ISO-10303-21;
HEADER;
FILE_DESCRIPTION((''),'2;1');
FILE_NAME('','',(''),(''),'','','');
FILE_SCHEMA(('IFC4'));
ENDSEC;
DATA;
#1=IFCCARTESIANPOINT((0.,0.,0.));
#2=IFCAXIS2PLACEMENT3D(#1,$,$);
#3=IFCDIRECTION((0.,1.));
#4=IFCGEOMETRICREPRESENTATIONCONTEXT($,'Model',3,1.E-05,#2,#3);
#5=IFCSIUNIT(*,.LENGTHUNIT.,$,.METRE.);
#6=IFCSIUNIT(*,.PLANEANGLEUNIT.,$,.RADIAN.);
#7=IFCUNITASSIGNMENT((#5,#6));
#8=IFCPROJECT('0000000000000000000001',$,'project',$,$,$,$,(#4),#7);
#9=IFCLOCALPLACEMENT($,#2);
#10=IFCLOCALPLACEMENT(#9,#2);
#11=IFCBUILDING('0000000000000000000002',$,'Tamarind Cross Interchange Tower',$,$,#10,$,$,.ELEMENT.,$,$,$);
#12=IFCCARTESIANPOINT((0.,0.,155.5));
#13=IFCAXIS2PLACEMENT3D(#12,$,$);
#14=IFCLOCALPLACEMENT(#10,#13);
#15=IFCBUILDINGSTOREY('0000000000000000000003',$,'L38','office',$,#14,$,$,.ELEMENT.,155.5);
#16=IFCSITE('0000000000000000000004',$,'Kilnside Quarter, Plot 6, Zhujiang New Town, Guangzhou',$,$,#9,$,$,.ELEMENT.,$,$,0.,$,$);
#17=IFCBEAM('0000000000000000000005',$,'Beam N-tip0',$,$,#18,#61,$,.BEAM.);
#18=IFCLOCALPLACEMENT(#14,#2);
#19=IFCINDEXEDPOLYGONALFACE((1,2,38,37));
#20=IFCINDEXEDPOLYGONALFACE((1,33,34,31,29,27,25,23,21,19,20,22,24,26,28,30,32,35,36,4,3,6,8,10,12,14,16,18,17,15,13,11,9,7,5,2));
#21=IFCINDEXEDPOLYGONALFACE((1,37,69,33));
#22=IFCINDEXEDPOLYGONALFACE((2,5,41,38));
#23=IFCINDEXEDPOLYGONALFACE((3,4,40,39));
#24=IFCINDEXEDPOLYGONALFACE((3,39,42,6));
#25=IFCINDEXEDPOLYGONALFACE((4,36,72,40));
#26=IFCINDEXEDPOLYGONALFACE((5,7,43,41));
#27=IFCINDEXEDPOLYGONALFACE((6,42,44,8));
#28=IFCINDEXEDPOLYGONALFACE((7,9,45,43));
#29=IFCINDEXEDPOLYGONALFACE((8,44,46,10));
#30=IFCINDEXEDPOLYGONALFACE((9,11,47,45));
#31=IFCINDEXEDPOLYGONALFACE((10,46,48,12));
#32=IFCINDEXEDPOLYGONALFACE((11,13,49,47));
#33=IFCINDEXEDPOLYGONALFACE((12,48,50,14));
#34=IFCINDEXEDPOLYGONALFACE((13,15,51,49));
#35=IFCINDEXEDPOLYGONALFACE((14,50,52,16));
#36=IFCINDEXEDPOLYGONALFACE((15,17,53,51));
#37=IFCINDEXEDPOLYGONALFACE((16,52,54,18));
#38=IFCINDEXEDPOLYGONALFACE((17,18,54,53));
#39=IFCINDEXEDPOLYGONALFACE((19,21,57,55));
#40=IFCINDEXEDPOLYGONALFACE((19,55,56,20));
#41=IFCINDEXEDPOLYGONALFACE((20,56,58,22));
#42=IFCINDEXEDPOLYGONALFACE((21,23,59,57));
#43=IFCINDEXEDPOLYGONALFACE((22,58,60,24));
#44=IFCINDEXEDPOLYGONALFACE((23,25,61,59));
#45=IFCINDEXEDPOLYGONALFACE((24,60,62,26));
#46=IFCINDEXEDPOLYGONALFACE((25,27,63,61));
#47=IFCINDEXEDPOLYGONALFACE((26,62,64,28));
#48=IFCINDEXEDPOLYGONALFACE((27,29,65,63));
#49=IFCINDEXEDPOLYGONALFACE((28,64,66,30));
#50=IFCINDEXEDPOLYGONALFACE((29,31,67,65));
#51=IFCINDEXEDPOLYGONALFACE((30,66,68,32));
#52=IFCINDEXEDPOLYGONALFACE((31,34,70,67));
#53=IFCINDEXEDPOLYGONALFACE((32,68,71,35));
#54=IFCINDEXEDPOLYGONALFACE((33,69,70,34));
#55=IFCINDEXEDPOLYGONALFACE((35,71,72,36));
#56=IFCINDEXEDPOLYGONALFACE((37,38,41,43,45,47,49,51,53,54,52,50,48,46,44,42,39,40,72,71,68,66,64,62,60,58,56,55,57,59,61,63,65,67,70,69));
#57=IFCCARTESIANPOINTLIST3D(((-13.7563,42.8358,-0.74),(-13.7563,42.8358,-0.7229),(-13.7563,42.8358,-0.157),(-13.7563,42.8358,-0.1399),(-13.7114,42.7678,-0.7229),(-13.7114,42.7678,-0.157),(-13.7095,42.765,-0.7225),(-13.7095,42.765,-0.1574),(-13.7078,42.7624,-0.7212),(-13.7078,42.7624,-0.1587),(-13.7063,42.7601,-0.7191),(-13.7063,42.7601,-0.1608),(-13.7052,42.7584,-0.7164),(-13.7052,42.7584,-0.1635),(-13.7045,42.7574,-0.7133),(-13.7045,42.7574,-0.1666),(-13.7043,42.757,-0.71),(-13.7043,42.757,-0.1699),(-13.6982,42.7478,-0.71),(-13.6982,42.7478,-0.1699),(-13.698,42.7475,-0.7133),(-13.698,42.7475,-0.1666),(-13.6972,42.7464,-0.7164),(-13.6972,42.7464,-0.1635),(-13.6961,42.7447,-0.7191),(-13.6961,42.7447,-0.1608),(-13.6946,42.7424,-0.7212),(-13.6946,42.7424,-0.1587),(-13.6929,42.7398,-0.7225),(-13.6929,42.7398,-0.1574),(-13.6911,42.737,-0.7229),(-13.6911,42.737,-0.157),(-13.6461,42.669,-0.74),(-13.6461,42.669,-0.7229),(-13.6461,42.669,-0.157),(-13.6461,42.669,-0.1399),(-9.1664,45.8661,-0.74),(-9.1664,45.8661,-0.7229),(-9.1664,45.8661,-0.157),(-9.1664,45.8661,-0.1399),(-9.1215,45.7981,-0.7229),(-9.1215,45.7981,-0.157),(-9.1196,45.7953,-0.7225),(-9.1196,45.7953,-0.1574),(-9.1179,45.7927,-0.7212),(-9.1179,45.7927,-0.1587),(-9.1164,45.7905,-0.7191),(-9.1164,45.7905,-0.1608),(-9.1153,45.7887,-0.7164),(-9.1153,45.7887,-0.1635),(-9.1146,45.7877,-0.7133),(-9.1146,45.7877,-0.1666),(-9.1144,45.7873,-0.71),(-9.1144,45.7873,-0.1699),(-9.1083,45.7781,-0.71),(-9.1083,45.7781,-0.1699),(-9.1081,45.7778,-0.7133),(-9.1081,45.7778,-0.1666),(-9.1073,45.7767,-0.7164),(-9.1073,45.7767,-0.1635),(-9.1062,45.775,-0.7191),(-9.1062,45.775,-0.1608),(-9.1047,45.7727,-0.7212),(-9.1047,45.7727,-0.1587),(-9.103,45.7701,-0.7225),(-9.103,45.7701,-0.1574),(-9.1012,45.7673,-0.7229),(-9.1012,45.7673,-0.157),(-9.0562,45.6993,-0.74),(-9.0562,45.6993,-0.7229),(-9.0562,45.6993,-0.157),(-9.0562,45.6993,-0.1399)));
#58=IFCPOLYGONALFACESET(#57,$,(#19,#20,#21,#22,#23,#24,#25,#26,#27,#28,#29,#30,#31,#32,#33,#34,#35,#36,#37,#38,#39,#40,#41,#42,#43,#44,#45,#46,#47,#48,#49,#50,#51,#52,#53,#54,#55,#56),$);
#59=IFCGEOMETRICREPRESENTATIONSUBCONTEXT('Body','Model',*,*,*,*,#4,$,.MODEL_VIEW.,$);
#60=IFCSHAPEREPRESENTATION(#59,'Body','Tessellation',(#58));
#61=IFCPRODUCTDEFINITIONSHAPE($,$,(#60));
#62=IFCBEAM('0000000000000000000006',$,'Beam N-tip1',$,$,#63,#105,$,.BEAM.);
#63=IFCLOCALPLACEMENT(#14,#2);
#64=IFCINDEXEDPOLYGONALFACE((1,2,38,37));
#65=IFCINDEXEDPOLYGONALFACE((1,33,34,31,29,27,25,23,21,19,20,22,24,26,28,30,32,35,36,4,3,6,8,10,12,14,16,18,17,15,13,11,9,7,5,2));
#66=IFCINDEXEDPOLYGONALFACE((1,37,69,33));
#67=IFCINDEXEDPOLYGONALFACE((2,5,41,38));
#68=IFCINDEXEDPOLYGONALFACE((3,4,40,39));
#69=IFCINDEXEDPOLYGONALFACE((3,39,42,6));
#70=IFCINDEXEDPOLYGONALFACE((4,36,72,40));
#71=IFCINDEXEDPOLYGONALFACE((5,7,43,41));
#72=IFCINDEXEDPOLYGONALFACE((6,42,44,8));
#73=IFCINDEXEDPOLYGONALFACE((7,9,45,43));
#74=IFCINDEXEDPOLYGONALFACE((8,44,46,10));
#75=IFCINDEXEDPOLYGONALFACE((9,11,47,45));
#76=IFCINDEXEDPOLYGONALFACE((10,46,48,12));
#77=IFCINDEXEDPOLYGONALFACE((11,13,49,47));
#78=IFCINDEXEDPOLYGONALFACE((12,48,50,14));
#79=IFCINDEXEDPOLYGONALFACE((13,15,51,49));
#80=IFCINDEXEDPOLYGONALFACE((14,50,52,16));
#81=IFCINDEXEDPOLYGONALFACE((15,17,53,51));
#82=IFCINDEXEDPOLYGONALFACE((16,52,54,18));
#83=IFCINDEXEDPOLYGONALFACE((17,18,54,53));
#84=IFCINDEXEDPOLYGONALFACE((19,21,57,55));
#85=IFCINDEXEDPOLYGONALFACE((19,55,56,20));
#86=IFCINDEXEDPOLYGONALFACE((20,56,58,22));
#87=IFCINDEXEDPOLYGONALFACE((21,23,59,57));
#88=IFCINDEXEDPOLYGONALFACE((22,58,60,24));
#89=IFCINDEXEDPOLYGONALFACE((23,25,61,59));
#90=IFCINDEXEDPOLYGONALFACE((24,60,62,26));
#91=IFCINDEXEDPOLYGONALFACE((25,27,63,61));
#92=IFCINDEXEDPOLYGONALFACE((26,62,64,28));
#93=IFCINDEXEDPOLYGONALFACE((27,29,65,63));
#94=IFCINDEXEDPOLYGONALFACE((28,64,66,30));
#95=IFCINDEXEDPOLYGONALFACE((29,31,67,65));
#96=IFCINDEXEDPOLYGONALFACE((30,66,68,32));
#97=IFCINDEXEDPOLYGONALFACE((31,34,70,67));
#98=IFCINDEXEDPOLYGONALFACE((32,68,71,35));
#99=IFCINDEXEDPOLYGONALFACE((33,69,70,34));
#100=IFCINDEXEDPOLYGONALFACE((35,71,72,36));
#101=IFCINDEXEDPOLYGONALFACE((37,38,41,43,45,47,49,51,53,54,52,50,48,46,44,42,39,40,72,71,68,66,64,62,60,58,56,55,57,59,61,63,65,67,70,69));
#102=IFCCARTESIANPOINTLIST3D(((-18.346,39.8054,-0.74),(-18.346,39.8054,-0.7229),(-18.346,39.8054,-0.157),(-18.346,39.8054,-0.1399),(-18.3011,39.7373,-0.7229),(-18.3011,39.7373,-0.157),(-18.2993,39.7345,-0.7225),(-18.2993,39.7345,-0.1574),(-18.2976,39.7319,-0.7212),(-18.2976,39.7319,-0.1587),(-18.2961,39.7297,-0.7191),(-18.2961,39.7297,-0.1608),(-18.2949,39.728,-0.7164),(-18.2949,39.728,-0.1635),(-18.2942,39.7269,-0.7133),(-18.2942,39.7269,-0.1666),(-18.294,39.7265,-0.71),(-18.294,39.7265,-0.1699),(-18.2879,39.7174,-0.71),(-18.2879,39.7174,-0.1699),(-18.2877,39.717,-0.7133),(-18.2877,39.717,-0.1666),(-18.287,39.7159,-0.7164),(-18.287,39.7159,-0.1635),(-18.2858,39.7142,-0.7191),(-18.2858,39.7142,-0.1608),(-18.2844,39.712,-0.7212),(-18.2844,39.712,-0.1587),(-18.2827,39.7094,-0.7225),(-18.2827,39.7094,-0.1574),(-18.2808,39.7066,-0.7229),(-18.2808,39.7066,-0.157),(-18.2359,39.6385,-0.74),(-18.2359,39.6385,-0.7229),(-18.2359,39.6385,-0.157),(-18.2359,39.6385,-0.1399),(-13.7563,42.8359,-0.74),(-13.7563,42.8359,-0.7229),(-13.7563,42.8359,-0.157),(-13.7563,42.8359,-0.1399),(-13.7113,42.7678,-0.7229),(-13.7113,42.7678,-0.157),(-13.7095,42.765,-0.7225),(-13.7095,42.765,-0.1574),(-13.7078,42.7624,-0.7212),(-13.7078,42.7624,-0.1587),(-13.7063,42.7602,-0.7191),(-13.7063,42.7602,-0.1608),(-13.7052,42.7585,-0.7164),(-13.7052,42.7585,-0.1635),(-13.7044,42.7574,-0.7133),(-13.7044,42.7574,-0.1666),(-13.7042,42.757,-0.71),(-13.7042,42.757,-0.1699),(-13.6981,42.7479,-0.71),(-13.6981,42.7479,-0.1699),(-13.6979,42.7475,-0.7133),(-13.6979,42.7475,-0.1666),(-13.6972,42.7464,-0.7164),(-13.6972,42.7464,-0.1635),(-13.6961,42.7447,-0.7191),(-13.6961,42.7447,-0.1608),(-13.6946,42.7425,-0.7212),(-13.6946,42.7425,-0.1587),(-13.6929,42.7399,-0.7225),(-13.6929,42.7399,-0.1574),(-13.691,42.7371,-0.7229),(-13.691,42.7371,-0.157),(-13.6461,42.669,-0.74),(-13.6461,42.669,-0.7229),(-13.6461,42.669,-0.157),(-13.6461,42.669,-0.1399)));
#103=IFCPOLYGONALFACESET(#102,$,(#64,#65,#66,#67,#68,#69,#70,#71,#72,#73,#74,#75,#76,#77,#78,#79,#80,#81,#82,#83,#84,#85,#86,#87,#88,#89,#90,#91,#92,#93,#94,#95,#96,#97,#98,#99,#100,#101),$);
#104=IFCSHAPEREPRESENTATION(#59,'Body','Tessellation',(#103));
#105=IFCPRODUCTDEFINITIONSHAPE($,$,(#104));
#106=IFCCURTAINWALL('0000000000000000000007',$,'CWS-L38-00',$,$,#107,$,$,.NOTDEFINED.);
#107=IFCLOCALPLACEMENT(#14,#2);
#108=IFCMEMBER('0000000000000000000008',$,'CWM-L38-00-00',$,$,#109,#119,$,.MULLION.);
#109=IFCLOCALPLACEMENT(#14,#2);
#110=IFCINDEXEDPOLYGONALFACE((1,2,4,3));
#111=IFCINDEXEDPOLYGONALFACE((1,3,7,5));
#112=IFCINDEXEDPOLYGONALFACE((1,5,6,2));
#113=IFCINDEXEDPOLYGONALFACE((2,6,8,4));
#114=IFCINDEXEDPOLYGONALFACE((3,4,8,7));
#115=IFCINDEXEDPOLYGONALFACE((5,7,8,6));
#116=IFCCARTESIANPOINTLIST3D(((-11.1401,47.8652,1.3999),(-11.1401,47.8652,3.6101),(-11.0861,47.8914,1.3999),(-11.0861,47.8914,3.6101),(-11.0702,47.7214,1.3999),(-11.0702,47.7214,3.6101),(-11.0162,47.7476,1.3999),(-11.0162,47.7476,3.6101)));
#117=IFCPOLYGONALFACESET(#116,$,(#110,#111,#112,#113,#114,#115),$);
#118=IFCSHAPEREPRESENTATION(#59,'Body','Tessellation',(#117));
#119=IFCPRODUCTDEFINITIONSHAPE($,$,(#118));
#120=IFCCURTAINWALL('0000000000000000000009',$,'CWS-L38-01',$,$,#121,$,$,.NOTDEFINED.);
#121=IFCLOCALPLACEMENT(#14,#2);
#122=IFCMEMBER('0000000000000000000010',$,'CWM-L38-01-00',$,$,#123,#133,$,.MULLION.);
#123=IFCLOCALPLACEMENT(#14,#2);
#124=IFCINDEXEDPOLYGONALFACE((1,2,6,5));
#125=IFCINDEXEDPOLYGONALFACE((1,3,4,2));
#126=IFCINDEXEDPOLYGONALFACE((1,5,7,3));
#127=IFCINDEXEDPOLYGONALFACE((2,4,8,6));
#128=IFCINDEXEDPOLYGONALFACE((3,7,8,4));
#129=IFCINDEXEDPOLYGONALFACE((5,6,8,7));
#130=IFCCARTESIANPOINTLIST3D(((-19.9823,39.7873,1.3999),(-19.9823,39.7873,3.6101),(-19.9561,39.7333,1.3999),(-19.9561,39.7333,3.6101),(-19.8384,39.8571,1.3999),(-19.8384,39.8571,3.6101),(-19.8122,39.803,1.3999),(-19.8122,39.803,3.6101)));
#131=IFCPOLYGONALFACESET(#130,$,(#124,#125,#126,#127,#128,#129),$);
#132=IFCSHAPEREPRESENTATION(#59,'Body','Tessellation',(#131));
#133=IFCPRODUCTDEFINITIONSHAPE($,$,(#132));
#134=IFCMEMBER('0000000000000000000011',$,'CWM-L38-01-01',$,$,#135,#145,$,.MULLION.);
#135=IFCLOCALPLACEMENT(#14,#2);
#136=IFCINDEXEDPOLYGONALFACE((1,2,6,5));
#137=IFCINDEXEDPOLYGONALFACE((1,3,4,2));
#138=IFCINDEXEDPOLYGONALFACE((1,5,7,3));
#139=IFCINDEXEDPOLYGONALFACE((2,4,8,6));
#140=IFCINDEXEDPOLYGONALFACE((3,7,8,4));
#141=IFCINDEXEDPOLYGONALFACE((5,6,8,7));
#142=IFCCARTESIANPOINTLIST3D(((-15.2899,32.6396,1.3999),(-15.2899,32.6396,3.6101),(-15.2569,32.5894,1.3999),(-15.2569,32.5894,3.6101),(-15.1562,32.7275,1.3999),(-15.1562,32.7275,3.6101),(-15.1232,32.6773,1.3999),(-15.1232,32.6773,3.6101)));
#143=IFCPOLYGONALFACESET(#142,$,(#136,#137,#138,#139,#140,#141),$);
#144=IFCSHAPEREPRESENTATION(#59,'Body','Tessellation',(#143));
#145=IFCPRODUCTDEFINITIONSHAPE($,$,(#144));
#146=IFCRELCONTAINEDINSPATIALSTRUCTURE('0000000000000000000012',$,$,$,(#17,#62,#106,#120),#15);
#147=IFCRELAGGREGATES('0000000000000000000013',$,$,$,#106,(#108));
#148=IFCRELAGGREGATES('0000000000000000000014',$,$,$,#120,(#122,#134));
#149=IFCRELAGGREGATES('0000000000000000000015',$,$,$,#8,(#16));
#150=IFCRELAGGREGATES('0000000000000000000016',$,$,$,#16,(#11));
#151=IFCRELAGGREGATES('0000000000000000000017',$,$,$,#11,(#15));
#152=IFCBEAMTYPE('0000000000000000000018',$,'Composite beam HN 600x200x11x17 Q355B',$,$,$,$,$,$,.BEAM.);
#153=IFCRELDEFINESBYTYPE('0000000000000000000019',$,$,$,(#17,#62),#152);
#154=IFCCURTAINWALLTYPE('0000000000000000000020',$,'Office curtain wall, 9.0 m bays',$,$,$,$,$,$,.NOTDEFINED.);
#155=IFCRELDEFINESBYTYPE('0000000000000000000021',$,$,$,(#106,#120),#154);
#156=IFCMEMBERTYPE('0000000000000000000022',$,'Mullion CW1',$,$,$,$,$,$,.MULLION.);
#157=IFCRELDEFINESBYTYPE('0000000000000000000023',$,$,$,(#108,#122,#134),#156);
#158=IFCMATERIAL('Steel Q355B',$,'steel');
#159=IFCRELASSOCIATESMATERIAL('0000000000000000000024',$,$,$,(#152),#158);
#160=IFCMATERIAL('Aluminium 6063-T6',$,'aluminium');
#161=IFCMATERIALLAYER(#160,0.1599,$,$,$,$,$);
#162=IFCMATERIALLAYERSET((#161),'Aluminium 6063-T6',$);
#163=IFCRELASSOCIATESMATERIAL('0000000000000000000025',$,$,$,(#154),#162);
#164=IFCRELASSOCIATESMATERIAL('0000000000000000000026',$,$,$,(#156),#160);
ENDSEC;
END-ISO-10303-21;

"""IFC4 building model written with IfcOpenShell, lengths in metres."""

from ifc_helpers import new_model, si_unit, direction, frame, origin, origin_2d, place, context, subcontext, project, spatial, rectangle, i_section, extrude, material, layer, layer_set, material_profile, profile_set, type_object, element, aggregate, save


model = new_model("IFC4")

# Units and contexts
model_context = context("Model", 3, precision=1e-05, world=origin(), true_north=direction((0.0, 1.0)))
body_context = subcontext(model_context, "Body", "Model", "MODEL_VIEW")
ifc_project = project(units=[si_unit("LENGTHUNIT", "METRE"), si_unit("PLANEANGLEUNIT", "RADIAN")], contexts=[model_context])

# Site, building, storey
site_placement = place(None, origin())
site = spatial("IfcSite", under=ifc_project, at=site_placement, Name="Kilnside Quarter, Plot 6, Zhujiang New Town, Guangzhou", CompositionType="ELEMENT", RefElevation=0.0)
building_placement = place(site_placement, origin())
building = spatial("IfcBuilding", under=site, at=building_placement, Name="Tamarind Cross Interchange Tower", CompositionType="ELEMENT")
storey_placement = place(building_placement, frame((0.0, 0.0, 155.5)))
storey = spatial("IfcBuildingStorey", under=building, at=storey_placement, Name="L38", Description="office", CompositionType="ELEMENT", Elevation=155.5)

# Beams
ifc_material_1 = material(Name="Steel Q355B", Category="steel")
ifc_material_profile_1 = material_profile(ifc_material_1, i_section(OverallWidth=0.2, OverallDepth=0.6001, WebThickness=0.011, FlangeThickness=0.0171, FilletRadius=0.0129, at=origin_2d()), Name="HN 600x200x11x17")
ifc_profile_set_1 = profile_set([ifc_material_profile_1], Name="Steel Q355B")
beam_type_1 = type_object("IfcBeamType", Name="Composite beam HN 600x200x11x17 Q355B", PredefinedType="BEAM", material=ifc_profile_set_1)
for number, where, z_axis, x_axis, name in (
    (1, (-9.1113, 45.7827, -0.4399), (-0.834528, -0.550966, 0.0), (0.550966, -0.834528, 0.0), "Beam N-tip0"),
    (2, (-13.7012, 42.7524, -0.4399), (-0.834507, -0.550997, 0.0), (0.550997, -0.834507, 0.0), "Beam N-tip1"),
):
    element("IfcBeam", number, at=place(storey_placement, frame(where, z_axis=z_axis, x_axis=x_axis)), inside=storey, type_object=beam_type_1, Name=name, PredefinedType="BEAM", context=body_context, shape_type="SweptSolid", body=[
        extrude(i_section(OverallWidth=0.2, OverallDepth=0.6001, WebThickness=0.011, FlangeThickness=0.0171, FilletRadius=0.0129, at=origin_2d()), origin(), (0.0, 0.0, 1.0), 5.5),
    ])

# Curtain wall, member
ifc_material_2 = material(Name="Aluminium 6063-T6", Category="aluminium")
ifc_layer_1 = layer(ifc_material_2, 0.1599)
ifc_layer_set_1 = layer_set([ifc_layer_1], Name="Aluminium 6063-T6")
curtain_wall_type = type_object("IfcCurtainWallType", Name="Office curtain wall, 9.0 m bays", PredefinedType="NOTDEFINED", material=ifc_layer_set_1)
curtain_wall_1_placement = place(storey_placement, origin())
curtain_wall_1 = element("IfcCurtainWall", 3, at=curtain_wall_1_placement, inside=storey, type_object=curtain_wall_type, Name="CWS-L38-00", PredefinedType="NOTDEFINED")
ifc_material_profile_2 = material_profile(ifc_material_2, rectangle(XDim=0.0601, YDim=0.1599, at=origin_2d()), Name="Mullion CW1")
ifc_profile_set_2 = profile_set([ifc_material_profile_2], Name="Aluminium 6063-T6")
member_type = type_object("IfcMemberType", Name="Mullion CW1", PredefinedType="MULLION", material=ifc_profile_set_2)
member_1_placement = place(storey_placement, frame((-11.0781, 47.8064, 1.3999), z_axis=(0.0, 0.0, 1.0), x_axis=(-0.899301, -0.437329, 0.0)))
member_1 = element("IfcMember", 4, at=member_1_placement, type_object=member_type, Name="CWM-L38-00-00", PredefinedType="MULLION", context=body_context, shape_type="SweptSolid", body=[
    extrude(rectangle(XDim=0.0601, YDim=0.1599, at=origin_2d()), origin(), (0.0, 0.0, 1.0), 2.2102),
])
aggregate(curtain_wall_1, [member_1])

# Curtain wall, members
curtain_wall_2_placement = place(storey_placement, origin())
curtain_wall_2 = element("IfcCurtainWall", 5, at=curtain_wall_2_placement, inside=storey, type_object=curtain_wall_type, Name="CWS-L38-01", PredefinedType="NOTDEFINED")
member_2_placement = place(storey_placement, frame((-19.8972, 39.7952, 1.3999), z_axis=(0.0, 0.0, 1.0), x_axis=(0.436402, -0.899752, 0.0)))
member_2 = element("IfcMember", 6, at=member_2_placement, type_object=member_type, Name="CWM-L38-01-00", PredefinedType="MULLION", context=body_context, shape_type="SweptSolid", body=[
    extrude(rectangle(XDim=0.0601, YDim=0.1599, at=origin_2d()), origin(), (0.0, 0.0, 1.0), 2.2102),
])
member_3_placement = place(storey_placement, frame((-15.2065, 32.6584, 1.3999), z_axis=(0.0, 0.0, 1.0), x_axis=(0.549248, -0.83566, 0.0)))
member_3 = element("IfcMember", 7, at=member_3_placement, type_object=member_type, Name="CWM-L38-01-01", PredefinedType="MULLION", context=body_context, shape_type="SweptSolid", body=[
    extrude(rectangle(XDim=0.0601, YDim=0.1599, at=origin_2d()), origin(), (0.0, 0.0, 1.0), 2.2102),
])
aggregate(curtain_wall_2, [member_2, member_3])

save(model, "model.ifc")
